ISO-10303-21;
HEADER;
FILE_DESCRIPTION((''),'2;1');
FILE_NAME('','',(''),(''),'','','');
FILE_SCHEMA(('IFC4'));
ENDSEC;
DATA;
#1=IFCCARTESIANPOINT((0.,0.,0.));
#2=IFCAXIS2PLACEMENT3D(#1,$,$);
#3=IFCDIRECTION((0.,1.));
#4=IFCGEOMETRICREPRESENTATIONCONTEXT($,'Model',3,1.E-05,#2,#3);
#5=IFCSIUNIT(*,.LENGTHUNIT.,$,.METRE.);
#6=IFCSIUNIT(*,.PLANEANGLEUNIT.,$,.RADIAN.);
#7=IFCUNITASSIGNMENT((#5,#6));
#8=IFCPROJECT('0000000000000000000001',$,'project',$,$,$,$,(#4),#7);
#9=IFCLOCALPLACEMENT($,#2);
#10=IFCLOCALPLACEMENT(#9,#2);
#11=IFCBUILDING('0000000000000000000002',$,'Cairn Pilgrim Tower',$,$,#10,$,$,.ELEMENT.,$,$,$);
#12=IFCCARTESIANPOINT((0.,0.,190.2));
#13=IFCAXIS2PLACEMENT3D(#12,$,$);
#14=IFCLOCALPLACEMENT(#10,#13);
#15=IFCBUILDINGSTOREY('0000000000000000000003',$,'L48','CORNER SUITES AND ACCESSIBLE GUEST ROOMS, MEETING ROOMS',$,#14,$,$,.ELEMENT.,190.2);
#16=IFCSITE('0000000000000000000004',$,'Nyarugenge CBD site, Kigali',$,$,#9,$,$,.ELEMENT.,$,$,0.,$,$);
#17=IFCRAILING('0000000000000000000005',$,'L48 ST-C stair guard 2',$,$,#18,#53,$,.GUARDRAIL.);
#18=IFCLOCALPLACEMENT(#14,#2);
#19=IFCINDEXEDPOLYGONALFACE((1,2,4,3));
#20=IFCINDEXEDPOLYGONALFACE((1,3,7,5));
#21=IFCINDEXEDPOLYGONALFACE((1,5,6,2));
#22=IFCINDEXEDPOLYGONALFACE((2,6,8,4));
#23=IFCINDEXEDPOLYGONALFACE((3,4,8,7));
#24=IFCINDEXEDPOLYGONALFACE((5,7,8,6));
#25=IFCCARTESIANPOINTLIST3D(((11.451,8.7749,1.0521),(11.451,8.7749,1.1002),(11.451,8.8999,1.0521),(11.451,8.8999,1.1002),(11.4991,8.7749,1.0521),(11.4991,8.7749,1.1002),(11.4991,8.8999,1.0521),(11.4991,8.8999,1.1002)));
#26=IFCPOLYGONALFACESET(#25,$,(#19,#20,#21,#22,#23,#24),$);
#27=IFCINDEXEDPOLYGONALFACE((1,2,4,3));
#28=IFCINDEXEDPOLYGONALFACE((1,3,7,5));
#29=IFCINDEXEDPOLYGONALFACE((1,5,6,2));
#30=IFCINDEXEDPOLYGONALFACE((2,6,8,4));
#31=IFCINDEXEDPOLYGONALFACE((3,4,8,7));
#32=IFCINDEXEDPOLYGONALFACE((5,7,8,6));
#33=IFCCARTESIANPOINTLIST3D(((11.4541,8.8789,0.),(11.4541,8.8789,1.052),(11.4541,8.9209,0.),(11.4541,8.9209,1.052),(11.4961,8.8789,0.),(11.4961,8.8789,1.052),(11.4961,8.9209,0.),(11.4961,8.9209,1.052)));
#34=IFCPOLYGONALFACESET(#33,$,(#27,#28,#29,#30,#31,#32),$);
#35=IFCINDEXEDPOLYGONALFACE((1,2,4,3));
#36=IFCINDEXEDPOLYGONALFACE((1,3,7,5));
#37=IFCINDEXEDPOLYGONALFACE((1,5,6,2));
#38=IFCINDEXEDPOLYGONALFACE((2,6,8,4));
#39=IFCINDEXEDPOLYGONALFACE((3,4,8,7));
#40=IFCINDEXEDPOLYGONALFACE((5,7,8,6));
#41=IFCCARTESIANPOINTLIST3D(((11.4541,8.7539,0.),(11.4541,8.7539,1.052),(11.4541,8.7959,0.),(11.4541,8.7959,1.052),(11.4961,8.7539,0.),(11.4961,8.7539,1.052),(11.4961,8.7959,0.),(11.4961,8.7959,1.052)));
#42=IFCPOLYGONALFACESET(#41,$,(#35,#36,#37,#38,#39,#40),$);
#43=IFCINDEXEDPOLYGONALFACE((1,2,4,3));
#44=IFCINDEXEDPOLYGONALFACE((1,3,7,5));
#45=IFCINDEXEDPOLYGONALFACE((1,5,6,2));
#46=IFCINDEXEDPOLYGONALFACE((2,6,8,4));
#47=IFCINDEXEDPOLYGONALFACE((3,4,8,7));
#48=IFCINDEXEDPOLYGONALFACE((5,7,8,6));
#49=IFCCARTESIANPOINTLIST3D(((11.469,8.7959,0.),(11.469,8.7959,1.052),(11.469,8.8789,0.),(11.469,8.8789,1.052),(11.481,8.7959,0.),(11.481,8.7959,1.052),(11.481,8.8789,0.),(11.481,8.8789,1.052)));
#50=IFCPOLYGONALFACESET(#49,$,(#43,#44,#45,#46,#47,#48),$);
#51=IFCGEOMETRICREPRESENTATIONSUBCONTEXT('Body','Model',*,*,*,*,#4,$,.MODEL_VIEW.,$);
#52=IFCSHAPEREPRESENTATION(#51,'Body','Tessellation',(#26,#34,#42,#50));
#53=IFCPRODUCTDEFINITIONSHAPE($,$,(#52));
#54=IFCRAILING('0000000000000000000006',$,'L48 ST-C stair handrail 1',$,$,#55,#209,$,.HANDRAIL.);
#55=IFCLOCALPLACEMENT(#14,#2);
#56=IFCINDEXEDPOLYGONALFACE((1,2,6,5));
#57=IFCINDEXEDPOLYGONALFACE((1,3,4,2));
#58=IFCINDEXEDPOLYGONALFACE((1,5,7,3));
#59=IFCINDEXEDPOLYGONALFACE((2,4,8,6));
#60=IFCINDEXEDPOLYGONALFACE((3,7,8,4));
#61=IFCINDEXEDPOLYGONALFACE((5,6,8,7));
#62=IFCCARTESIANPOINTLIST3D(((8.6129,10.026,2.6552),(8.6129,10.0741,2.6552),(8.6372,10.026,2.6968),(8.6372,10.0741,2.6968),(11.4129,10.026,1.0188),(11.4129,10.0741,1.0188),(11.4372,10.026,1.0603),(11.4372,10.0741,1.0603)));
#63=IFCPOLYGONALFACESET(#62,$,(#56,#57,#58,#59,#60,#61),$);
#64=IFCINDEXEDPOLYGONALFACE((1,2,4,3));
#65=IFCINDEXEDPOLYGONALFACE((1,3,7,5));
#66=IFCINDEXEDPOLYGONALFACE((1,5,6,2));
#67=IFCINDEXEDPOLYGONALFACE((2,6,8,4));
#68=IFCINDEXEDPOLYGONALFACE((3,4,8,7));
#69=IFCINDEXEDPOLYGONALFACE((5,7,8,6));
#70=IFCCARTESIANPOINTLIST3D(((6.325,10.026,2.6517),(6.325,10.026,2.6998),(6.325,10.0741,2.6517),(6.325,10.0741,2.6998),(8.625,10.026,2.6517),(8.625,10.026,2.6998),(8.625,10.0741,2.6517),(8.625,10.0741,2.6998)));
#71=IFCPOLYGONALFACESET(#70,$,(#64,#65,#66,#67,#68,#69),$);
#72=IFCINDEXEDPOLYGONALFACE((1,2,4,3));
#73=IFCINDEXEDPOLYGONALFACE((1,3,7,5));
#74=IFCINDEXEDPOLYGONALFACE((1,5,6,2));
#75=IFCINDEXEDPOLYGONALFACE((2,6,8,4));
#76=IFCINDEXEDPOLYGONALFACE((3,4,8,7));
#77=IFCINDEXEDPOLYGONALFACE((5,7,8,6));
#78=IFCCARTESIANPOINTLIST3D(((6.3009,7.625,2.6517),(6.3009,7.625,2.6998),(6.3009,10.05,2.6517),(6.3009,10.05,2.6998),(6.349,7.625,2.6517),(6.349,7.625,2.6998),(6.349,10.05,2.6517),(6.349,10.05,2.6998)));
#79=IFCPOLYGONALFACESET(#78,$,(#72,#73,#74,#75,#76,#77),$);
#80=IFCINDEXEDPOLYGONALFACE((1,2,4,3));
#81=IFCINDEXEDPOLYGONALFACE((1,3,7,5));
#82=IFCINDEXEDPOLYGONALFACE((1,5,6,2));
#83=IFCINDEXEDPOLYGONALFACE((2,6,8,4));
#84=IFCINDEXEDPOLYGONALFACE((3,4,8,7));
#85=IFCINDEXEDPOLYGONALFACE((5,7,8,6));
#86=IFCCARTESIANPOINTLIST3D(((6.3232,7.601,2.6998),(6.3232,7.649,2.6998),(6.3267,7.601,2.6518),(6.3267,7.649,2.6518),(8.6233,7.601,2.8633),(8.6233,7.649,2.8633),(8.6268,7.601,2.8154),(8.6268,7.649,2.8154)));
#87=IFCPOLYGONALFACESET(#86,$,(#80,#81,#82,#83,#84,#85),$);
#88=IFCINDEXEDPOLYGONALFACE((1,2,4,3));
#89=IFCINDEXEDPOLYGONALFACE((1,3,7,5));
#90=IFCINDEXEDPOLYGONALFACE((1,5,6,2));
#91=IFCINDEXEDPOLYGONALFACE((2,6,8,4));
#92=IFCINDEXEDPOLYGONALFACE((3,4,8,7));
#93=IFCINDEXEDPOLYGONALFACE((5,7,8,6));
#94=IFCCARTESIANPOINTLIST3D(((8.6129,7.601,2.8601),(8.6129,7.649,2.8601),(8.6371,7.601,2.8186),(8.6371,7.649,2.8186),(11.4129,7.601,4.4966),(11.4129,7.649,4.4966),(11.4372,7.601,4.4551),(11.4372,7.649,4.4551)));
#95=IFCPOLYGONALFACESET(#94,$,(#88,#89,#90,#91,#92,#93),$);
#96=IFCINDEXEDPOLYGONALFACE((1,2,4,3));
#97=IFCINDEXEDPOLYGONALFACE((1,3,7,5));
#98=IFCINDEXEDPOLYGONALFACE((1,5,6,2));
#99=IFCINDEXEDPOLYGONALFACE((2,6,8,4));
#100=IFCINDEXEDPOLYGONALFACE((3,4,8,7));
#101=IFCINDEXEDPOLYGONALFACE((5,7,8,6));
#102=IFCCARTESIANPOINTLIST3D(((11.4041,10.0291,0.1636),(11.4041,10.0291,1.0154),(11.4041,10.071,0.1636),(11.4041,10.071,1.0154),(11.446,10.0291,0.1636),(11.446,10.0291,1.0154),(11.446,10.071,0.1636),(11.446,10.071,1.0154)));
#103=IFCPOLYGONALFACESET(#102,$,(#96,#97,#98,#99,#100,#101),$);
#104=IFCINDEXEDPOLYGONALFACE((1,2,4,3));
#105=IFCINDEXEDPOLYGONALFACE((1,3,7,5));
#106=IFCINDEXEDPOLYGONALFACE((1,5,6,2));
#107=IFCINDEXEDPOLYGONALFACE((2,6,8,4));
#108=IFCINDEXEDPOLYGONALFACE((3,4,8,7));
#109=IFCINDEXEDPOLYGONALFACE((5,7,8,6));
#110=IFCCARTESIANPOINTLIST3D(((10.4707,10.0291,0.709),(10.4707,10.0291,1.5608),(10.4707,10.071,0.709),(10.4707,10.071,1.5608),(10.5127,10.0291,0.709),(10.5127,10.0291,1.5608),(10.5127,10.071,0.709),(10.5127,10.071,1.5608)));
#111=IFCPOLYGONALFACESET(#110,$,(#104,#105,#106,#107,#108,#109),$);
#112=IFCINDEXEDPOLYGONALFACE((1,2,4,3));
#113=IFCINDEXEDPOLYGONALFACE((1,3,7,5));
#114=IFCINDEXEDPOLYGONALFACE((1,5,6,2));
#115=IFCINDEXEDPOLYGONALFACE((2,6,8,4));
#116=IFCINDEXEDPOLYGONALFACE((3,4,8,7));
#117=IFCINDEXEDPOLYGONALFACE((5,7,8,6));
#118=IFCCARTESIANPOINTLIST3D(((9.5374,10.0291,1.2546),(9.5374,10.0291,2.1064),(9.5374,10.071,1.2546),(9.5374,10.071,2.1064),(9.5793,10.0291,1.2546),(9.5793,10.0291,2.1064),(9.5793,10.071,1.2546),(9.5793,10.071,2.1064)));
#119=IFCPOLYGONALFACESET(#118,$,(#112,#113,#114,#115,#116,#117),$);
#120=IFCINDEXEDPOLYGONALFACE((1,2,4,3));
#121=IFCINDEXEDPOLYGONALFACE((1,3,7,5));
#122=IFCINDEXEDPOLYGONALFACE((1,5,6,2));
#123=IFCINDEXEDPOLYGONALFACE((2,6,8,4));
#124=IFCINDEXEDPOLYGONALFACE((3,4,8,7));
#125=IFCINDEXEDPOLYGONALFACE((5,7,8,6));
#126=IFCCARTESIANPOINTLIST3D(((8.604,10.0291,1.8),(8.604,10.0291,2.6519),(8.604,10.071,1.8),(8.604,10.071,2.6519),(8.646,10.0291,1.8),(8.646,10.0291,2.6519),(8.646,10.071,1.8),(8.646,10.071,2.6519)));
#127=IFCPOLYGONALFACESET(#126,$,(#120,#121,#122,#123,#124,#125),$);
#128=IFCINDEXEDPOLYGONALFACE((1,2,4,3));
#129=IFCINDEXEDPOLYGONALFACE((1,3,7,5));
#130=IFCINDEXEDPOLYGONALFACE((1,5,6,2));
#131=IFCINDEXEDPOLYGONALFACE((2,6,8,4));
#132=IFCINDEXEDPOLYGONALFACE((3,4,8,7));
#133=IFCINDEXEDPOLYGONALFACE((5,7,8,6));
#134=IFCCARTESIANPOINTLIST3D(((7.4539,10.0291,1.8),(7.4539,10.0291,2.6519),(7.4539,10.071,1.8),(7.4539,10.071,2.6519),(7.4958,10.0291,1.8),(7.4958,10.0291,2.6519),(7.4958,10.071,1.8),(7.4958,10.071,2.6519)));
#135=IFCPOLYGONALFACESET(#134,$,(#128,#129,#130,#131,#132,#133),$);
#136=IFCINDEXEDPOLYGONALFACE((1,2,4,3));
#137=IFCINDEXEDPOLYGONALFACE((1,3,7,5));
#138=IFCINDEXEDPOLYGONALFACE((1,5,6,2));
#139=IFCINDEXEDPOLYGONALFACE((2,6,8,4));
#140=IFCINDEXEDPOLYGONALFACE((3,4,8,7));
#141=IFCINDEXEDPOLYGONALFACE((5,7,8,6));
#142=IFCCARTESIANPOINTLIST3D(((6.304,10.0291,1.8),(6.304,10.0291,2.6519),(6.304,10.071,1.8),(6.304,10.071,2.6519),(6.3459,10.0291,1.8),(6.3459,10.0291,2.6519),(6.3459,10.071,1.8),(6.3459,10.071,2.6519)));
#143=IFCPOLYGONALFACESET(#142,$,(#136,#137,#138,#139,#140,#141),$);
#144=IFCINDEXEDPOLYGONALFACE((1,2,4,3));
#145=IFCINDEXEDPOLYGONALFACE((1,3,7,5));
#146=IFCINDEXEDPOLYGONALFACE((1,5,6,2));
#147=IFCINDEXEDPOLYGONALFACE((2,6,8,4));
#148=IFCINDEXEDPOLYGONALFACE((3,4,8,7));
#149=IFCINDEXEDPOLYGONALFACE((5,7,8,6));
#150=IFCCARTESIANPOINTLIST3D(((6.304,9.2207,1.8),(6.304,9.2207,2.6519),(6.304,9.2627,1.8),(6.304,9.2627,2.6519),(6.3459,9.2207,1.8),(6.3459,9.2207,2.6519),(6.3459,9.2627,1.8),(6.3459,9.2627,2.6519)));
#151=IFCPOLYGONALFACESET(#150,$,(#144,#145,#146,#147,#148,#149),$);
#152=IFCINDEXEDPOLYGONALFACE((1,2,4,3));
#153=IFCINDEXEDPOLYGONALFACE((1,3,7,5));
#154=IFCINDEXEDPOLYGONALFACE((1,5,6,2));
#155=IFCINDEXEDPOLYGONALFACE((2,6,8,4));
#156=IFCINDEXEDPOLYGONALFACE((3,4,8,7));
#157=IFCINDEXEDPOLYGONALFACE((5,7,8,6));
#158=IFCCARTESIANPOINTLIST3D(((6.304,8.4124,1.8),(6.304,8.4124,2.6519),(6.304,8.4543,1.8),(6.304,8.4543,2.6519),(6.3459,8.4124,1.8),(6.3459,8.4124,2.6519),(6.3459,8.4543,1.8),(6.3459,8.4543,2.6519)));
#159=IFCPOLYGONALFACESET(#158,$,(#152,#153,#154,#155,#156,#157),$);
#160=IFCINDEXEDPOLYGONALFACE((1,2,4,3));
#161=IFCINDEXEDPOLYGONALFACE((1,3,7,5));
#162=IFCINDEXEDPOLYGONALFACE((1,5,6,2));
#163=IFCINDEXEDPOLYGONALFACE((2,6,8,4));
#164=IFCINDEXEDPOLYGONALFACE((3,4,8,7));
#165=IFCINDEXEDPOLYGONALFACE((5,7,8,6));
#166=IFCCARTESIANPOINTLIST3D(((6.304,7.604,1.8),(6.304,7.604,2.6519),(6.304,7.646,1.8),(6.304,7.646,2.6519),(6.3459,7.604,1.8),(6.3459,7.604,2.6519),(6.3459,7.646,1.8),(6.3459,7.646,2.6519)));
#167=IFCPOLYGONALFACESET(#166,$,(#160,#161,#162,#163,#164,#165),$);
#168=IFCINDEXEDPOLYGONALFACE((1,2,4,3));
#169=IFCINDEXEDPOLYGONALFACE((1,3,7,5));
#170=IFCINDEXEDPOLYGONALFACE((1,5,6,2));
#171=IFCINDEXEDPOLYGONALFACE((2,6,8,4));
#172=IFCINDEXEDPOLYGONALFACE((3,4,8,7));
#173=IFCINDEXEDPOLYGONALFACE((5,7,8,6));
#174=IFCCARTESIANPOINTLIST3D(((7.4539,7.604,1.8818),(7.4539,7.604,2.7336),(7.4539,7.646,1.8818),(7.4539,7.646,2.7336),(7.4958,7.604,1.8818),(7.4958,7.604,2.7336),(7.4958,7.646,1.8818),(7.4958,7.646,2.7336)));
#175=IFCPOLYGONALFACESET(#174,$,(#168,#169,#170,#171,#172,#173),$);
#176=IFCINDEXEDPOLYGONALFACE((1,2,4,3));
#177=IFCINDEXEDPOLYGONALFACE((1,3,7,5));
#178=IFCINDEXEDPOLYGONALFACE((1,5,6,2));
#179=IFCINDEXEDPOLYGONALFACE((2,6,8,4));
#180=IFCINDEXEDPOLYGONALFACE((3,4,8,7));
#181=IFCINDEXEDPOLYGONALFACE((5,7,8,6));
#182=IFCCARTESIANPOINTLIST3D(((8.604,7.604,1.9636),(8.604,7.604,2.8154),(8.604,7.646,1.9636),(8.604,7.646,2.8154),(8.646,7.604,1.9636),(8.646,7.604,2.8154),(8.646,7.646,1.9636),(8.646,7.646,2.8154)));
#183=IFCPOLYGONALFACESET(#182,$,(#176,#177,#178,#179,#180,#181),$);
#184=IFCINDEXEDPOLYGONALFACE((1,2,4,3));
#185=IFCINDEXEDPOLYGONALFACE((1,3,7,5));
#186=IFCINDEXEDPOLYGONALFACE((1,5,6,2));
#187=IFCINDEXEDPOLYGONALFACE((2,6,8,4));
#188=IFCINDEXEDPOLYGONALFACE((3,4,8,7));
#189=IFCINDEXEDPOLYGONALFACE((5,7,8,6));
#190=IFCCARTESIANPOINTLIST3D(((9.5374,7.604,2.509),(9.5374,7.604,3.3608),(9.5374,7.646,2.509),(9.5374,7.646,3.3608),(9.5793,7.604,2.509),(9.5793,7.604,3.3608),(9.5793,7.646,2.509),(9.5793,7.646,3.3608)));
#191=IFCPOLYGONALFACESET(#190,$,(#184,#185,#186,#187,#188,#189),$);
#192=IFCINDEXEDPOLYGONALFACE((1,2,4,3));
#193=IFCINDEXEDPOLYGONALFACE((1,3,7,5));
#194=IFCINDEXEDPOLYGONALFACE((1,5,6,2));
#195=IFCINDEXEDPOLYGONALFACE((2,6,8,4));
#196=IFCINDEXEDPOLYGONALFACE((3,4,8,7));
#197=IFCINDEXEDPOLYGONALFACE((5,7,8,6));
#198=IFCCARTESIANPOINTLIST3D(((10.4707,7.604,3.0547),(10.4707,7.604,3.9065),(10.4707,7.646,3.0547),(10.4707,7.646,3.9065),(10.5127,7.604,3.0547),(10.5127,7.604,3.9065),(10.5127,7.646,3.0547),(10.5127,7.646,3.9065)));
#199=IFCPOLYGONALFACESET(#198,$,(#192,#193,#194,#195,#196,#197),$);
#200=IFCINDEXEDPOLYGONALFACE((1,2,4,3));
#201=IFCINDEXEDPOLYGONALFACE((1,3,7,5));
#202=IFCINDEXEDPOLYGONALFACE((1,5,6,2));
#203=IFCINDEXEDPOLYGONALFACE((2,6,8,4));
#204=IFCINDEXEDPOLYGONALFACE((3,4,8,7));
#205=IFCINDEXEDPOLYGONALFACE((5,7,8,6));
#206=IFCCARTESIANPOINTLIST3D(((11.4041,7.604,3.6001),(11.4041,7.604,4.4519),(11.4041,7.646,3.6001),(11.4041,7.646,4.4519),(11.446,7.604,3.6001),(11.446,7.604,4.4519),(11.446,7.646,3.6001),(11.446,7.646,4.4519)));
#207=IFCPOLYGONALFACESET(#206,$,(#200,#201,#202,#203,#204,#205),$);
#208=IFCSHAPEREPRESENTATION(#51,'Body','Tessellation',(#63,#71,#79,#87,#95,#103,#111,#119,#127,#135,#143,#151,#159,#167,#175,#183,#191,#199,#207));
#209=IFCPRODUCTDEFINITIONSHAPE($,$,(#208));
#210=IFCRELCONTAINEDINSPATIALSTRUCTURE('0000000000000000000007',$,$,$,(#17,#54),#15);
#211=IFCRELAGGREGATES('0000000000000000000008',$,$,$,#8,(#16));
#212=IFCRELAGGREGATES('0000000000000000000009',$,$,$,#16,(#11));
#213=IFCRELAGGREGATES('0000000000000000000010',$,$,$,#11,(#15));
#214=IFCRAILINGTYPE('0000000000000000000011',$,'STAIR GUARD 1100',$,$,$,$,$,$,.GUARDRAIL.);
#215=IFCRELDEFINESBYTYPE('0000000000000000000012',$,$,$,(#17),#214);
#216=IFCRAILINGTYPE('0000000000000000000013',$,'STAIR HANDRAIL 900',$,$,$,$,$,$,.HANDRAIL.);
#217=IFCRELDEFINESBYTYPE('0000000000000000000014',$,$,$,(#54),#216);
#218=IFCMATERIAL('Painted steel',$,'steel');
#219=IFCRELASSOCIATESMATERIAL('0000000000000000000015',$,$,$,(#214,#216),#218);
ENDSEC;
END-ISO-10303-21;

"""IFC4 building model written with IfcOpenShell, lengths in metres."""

from ifc_helpers import new_model, si_unit, direction, frame, origin, origin_2d, place, context, subcontext, project, spatial, polyline, rectangle, outline, extrude, material, type_object, element, save


model = new_model("IFC4")

# Units and contexts
model_context = context("Model", 3, precision=1e-05, world=origin(), true_north=direction((0.0, 1.0)))
body_context = subcontext(model_context, "Body", "Model", "MODEL_VIEW")
ifc_project = project(units=[si_unit("LENGTHUNIT", "METRE"), si_unit("PLANEANGLEUNIT", "RADIAN")], contexts=[model_context])

# Site, building, storey
site_placement = place(None, origin())
site = spatial("IfcSite", under=ifc_project, at=site_placement, Name="Nyarugenge CBD site, Kigali", CompositionType="ELEMENT", RefElevation=0.0)
building_placement = place(site_placement, origin())
building = spatial("IfcBuilding", under=site, at=building_placement, Name="Cairn Pilgrim Tower", CompositionType="ELEMENT")
storey_placement = place(building_placement, frame((0.0, 0.0, 190.2)))
storey = spatial("IfcBuildingStorey", under=building, at=storey_placement, Name="L48", Description="CORNER SUITES AND ACCESSIBLE GUEST ROOMS, MEETING ROOMS", CompositionType="ELEMENT", Elevation=190.2)

# Shared definitions
ifc_material_1 = material(Name="Painted steel", Category="steel")

# Railings
railing_type_1 = type_object("IfcRailingType", Name="STAIR GUARD 1100", PredefinedType="GUARDRAIL", material=ifc_material_1)
railing_1_placement = place(storey_placement, frame((11.4751, 8.8999, 0.0)))
element("IfcRailing", 1, at=railing_1_placement, inside=storey, type_object=railing_type_1, Name="L48 ST-C stair guard 2", PredefinedType="GUARDRAIL", context=body_context, shape_type="SweptSolid", body=[
    extrude(rectangle(XDim=0.0481, YDim=0.0481, at=origin_2d()), frame((0.0, 0.0, 1.0762), z_axis=(0.0, -1.0, 0.0), x_axis=(1.0, 0.0, 0.0)), (0.0, 0.0, 1.0), 0.125),
    extrude(rectangle(XDim=0.042, YDim=0.042, at=origin_2d()), origin(), (0.0, 0.0, 1.0), 1.052),
    extrude(rectangle(XDim=0.042, YDim=0.042, at=origin_2d()), frame((0.0, -0.125, 0.0)), (0.0, 0.0, 1.0), 1.052),
    extrude(outline(polyline([(0.021, 0.0), (0.104, 0.0), (0.104, 1.052), (0.021, 1.052), (0.021, 0.0)])), frame((0.0059, 0.0, 0.0), z_axis=(-1.0, 0.0, 0.0), x_axis=(0.0, -1.0, 0.0)), (0.0, 0.0, 1.0), 0.012),
])
railing_type_2 = type_object("IfcRailingType", Name="STAIR HANDRAIL 900", PredefinedType="HANDRAIL", material=ifc_material_1)
railing_2_placement = place(storey_placement, frame((11.425, 10.05, 0.1636)))
element("IfcRailing", 2, at=railing_2_placement, inside=storey, type_object=railing_type_2, Name="L48 ST-C stair handrail 1", PredefinedType="HANDRAIL", context=body_context, shape_type="SweptSolid", body=[
    extrude(rectangle(XDim=0.0481, YDim=0.0481, at=origin_2d()), frame((0.0, 0.0, 0.876), z_axis=(-0.863361, 0.0, 0.504587), x_axis=(0.0, -1.0, 0.0)), (0.0, 0.0, 1.0), 3.2432),
    extrude(rectangle(XDim=0.0481, YDim=0.0481, at=origin_2d()), frame((-2.8, 0.0, 2.5122), z_axis=(-1.0, 0.0, 0.0), x_axis=(0.0, -1.0, 0.0)), (0.0, 0.0, 1.0), 2.3),
    extrude(rectangle(XDim=0.0481, YDim=0.0481, at=origin_2d()), frame((-5.1001, 0.0, 2.5122), z_axis=(0.0, -1.0, 0.0), x_axis=(1.0, 0.0, 0.0)), (0.0, 0.0, 1.0), 2.425),
    extrude(rectangle(XDim=0.0481, YDim=0.0481, at=origin_2d()), frame((-5.1001, -2.425, 2.5122), z_axis=(0.997481, 0.0, 0.070939), x_axis=(0.0, 1.0, 0.0)), (0.0, 0.0, 1.0), 2.3059),
    extrude(rectangle(XDim=0.0481, YDim=0.0481, at=origin_2d()), frame((-2.8, -2.425, 2.6758), z_axis=(0.863361, 0.0, 0.504587), x_axis=(0.0, 1.0, 0.0)), (0.0, 0.0, 1.0), 3.2432),
    extrude(rectangle(XDim=0.042, YDim=0.042, at=origin_2d()), origin(), (0.0, 0.0, 1.0), 0.8518),
    extrude(rectangle(XDim=0.042, YDim=0.042, at=origin_2d()), frame((-0.9333, 0.0, 0.5454)), (0.0, 0.0, 1.0), 0.8518),
    extrude(rectangle(XDim=0.042, YDim=0.042, at=origin_2d()), frame((-1.8667, 0.0, 1.0911)), (0.0, 0.0, 1.0), 0.8518),
    extrude(rectangle(XDim=0.042, YDim=0.042, at=origin_2d()), frame((-2.8, 0.0, 1.6365)), (0.0, 0.0, 1.0), 0.8518),
    extrude(rectangle(XDim=0.042, YDim=0.042, at=origin_2d()), frame((-3.9502, 0.0, 1.6365)), (0.0, 0.0, 1.0), 0.8518),
    extrude(rectangle(XDim=0.042, YDim=0.042, at=origin_2d()), frame((-5.1001, 0.0, 1.6365)), (0.0, 0.0, 1.0), 0.8518),
    extrude(rectangle(XDim=0.042, YDim=0.042, at=origin_2d()), frame((-5.1001, -0.8083, 1.6365)), (0.0, 0.0, 1.0), 0.8518),
    extrude(rectangle(XDim=0.042, YDim=0.042, at=origin_2d()), frame((-5.1001, -1.6167, 1.6365)), (0.0, 0.0, 1.0), 0.8518),
    extrude(rectangle(XDim=0.042, YDim=0.042, at=origin_2d()), frame((-5.1001, -2.425, 1.6365)), (0.0, 0.0, 1.0), 0.8518),
    extrude(rectangle(XDim=0.042, YDim=0.042, at=origin_2d()), frame((-3.9502, -2.425, 1.7183)), (0.0, 0.0, 1.0), 0.8518),
    extrude(rectangle(XDim=0.042, YDim=0.042, at=origin_2d()), frame((-2.8, -2.425, 1.8)), (0.0, 0.0, 1.0), 0.8518),
    extrude(rectangle(XDim=0.042, YDim=0.042, at=origin_2d()), frame((-1.8667, -2.425, 2.3455)), (0.0, 0.0, 1.0), 0.8518),
    extrude(rectangle(XDim=0.042, YDim=0.042, at=origin_2d()), frame((-0.9333, -2.425, 2.8911)), (0.0, 0.0, 1.0), 0.8518),
    extrude(rectangle(XDim=0.042, YDim=0.042, at=origin_2d()), frame((0.0, -2.425, 3.4365)), (0.0, 0.0, 1.0), 0.8518),
])

save(model, "model.ifc")
